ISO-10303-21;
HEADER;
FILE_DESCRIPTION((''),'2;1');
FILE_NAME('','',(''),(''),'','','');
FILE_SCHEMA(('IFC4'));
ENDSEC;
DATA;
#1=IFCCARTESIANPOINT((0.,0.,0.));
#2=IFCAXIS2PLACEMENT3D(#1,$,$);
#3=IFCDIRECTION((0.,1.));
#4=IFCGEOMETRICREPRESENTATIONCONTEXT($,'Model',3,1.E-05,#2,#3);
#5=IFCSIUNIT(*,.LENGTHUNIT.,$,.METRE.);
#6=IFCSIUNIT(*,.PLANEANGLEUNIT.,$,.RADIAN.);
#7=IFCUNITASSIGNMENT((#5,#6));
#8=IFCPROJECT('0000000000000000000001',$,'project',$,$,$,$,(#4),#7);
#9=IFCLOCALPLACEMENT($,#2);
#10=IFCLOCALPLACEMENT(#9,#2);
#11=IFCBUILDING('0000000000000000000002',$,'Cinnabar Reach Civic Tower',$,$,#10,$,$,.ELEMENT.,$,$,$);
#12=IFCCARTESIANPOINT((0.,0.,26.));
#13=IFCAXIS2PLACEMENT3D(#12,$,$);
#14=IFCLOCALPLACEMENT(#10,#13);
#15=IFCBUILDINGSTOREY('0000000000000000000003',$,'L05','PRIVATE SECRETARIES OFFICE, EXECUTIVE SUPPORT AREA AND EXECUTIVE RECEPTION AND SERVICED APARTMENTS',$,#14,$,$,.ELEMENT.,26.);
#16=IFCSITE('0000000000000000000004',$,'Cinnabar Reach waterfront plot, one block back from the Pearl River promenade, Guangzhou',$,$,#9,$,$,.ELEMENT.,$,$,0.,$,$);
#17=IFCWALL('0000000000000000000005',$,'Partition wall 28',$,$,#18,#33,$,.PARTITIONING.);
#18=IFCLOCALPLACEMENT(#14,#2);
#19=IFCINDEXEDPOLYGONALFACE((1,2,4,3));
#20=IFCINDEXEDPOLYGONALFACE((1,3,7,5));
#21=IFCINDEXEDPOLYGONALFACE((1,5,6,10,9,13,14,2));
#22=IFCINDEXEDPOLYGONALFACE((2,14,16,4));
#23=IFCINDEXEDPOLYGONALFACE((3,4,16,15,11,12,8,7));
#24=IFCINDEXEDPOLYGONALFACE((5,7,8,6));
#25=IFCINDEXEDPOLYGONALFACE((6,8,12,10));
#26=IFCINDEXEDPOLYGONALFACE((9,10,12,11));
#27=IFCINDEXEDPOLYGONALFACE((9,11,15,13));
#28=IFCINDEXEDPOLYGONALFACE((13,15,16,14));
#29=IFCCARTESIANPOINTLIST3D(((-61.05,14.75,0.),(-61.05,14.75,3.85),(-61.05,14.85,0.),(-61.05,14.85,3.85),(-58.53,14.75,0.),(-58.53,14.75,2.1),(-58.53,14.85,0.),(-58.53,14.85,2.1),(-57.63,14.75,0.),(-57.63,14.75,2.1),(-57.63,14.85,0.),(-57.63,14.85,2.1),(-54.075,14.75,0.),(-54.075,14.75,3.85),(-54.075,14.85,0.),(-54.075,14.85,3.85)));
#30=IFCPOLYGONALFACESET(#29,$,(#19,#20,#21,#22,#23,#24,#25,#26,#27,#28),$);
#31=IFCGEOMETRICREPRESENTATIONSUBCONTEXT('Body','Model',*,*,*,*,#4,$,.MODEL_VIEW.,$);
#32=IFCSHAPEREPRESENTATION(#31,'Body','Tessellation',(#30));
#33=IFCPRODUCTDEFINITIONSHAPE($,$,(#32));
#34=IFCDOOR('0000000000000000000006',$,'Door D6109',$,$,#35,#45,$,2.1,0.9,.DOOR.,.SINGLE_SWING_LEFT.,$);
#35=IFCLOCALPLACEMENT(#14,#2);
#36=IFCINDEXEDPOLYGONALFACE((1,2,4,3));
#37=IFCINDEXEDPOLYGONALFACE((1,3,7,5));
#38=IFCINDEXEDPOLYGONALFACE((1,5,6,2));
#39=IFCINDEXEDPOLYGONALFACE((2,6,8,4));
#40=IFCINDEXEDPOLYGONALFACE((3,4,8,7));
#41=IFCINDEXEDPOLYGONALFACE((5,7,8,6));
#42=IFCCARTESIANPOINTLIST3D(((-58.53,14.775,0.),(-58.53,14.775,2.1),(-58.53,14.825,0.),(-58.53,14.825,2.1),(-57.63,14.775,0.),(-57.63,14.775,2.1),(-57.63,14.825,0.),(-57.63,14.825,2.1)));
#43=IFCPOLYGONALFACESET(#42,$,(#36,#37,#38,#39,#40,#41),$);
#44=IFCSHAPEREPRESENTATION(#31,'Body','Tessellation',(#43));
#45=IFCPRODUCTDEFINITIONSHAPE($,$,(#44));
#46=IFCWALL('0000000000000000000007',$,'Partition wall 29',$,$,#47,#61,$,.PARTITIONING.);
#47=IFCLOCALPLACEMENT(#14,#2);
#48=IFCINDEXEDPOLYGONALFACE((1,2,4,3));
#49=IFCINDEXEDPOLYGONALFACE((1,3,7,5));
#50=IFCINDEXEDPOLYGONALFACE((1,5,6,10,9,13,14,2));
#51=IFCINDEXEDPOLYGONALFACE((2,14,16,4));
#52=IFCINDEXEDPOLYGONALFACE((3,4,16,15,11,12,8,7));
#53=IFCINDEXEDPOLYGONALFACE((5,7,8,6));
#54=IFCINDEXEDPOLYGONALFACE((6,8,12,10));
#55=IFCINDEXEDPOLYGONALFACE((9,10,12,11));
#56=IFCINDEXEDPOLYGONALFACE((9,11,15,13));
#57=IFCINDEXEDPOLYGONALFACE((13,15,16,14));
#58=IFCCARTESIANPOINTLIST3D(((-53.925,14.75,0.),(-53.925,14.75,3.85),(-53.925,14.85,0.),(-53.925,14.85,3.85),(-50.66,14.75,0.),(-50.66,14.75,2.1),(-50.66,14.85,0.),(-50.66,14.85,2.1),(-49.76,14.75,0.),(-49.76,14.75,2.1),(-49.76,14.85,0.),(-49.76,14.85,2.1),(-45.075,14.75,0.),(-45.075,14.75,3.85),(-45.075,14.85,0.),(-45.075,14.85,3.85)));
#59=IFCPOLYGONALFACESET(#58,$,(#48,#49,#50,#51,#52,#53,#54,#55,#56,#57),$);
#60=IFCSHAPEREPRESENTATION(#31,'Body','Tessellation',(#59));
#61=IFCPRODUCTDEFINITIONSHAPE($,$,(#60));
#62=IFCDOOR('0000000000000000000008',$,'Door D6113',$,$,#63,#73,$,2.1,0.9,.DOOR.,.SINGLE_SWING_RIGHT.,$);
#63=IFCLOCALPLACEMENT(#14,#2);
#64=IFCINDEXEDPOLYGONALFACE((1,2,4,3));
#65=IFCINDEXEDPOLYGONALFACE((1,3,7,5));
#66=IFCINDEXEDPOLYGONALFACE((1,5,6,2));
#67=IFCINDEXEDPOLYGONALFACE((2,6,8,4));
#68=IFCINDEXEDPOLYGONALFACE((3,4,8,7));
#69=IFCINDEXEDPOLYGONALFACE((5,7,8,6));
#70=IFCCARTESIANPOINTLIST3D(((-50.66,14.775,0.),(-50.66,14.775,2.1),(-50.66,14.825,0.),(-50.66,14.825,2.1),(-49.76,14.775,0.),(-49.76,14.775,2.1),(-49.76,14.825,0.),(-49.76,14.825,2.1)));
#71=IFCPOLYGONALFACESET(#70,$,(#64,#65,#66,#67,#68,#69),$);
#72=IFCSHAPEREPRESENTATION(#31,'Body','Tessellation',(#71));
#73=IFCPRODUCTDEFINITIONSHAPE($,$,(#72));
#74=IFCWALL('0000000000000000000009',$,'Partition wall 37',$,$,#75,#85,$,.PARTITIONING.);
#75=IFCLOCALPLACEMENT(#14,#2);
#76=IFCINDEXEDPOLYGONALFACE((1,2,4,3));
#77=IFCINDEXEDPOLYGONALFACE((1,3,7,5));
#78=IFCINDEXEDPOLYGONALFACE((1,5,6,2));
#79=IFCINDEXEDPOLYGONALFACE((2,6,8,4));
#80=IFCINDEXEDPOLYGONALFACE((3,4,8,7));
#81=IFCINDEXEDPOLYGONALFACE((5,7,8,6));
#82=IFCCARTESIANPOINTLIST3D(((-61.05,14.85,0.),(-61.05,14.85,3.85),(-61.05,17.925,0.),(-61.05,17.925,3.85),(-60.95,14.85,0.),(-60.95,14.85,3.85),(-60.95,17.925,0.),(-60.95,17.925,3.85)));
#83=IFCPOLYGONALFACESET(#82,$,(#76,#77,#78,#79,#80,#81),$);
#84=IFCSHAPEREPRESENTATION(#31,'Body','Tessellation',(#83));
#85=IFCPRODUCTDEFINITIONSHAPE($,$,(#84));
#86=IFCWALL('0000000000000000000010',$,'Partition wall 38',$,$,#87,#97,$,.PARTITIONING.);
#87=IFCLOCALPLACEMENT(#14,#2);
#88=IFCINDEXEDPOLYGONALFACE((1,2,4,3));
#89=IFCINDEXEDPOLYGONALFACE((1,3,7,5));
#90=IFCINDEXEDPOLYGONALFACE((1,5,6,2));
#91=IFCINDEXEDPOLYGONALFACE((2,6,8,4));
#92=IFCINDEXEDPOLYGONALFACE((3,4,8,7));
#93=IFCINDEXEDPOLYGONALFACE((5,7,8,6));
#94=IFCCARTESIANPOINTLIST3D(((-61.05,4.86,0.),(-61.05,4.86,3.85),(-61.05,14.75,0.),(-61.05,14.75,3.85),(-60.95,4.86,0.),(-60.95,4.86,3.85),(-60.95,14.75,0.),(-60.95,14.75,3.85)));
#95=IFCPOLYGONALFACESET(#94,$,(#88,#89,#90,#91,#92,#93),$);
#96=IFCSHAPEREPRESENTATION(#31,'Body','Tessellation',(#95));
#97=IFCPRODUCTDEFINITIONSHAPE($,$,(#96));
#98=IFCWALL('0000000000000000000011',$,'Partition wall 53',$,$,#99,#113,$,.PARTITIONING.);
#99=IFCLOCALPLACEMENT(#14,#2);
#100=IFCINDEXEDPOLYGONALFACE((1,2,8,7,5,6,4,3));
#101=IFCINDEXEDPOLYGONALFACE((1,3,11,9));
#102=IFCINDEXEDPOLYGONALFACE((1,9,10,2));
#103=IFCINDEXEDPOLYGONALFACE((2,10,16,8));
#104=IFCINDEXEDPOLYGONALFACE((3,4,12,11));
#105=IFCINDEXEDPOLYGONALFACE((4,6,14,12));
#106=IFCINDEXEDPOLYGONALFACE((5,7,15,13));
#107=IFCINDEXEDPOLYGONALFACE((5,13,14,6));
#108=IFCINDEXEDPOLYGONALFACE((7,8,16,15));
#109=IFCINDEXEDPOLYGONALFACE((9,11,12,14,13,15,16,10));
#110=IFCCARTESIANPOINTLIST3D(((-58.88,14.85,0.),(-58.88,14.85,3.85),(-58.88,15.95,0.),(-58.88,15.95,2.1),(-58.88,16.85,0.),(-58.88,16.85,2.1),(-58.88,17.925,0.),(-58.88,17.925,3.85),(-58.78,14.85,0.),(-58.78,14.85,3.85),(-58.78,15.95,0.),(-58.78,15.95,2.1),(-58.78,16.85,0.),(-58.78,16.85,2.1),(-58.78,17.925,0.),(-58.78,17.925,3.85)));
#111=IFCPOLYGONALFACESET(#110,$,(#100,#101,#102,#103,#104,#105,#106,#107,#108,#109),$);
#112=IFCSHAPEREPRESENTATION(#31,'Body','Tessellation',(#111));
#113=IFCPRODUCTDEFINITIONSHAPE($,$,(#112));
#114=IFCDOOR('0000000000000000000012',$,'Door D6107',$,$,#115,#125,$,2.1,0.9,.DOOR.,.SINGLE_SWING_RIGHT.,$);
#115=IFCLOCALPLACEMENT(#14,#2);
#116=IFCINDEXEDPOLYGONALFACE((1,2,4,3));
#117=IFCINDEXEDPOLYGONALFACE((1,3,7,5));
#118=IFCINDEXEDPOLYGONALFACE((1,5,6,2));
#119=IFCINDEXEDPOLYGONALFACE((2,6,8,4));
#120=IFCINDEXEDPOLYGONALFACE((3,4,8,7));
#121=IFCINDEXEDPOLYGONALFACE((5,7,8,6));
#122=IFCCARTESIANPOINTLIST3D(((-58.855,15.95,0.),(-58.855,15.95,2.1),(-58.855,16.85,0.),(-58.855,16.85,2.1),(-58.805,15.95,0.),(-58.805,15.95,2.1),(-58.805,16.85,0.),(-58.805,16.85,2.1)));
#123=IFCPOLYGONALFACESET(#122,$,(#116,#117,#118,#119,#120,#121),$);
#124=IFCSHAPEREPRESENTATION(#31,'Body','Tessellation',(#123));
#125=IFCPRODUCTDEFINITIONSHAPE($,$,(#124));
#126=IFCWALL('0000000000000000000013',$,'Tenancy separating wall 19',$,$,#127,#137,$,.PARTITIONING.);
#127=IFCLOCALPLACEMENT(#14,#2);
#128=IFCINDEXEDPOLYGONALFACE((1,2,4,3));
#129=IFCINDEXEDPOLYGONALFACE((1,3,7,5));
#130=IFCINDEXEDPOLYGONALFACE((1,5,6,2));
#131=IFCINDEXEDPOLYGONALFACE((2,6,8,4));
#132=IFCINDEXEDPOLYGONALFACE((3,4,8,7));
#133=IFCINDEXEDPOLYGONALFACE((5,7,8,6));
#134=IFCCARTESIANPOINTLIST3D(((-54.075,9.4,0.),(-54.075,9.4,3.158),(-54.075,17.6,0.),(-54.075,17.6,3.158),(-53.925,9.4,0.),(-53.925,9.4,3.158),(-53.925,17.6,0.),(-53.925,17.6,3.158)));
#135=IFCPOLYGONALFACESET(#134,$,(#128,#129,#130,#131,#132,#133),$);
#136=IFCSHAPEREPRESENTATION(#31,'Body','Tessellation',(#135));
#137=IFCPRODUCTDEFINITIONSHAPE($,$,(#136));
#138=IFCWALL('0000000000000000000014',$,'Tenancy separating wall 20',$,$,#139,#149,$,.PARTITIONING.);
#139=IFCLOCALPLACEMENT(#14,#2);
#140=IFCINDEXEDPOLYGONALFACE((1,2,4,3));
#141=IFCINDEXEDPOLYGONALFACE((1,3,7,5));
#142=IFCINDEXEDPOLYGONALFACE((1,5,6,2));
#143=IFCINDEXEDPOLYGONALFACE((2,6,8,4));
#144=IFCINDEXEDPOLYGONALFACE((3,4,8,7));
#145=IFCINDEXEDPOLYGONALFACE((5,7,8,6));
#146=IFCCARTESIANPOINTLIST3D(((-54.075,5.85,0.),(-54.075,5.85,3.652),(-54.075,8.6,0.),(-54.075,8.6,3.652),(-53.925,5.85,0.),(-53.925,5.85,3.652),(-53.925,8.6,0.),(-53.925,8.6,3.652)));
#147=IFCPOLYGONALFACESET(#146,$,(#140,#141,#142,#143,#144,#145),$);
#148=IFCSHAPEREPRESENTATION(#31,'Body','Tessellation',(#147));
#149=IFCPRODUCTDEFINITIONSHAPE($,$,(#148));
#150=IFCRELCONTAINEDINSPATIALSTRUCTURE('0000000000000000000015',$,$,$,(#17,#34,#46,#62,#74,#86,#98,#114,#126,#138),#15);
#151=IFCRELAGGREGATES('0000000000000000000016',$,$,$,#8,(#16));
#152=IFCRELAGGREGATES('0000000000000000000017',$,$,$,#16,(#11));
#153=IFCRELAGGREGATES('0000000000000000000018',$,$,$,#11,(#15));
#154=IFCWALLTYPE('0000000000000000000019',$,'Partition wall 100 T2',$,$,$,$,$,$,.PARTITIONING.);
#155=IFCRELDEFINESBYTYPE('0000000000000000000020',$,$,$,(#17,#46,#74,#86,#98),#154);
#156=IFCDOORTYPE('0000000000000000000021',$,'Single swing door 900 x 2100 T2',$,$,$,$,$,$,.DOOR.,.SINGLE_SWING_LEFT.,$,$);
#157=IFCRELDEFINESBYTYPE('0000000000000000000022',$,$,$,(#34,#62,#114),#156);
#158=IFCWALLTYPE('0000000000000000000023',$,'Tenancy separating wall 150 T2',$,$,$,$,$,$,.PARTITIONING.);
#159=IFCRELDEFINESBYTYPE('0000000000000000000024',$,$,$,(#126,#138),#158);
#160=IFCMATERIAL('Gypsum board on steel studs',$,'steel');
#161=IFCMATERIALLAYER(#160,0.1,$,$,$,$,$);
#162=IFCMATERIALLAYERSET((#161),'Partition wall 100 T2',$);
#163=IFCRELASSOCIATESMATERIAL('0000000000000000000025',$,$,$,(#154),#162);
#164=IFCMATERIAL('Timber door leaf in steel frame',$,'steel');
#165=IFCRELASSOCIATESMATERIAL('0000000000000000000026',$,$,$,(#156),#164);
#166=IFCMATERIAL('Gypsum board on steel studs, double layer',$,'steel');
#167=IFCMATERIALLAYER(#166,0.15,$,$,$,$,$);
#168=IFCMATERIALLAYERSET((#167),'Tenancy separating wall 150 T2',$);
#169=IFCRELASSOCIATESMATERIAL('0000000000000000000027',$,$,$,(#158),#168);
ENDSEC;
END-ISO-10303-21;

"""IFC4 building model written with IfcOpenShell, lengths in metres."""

from ifc_helpers import new_model, si_unit, direction, frame, frame_2d, origin, place, context, subcontext, project, spatial, rectangle, extrude, material, layer, layer_set, type_object, element, fill, save


model = new_model("IFC4")

# Units and contexts
model_context = context("Model", 3, precision=1e-05, world=origin(), true_north=direction((0.0, 1.0)))
body_context = subcontext(model_context, "Body", "Model", "MODEL_VIEW")
ifc_project = project(units=[si_unit("LENGTHUNIT", "METRE"), si_unit("PLANEANGLEUNIT", "RADIAN")], contexts=[model_context])

# Site, building, storey
site_placement = place(None, origin())
site = spatial("IfcSite", under=ifc_project, at=site_placement, Name="Cinnabar Reach waterfront plot, one block back from the Pearl River promenade, Guangzhou", CompositionType="ELEMENT", RefElevation=0.0)
building_placement = place(site_placement, origin())
building = spatial("IfcBuilding", under=site, at=building_placement, Name="Cinnabar Reach Civic Tower", CompositionType="ELEMENT")
storey_placement = place(building_placement, frame((0.0, 0.0, 26.0)))
storey = spatial("IfcBuildingStorey", under=building, at=storey_placement, Name="L05", Description="PRIVATE SECRETARIES OFFICE, EXECUTIVE SUPPORT AREA AND EXECUTIVE RECEPTION AND SERVICED APARTMENTS", CompositionType="ELEMENT", Elevation=26.0)

# Walls, openings, doors
ifc_material_1 = material(Name="Gypsum board on steel studs", Category="steel")
ifc_layer_1 = layer(ifc_material_1, 0.1)
ifc_layer_set_1 = layer_set([ifc_layer_1], Name="Partition wall 100 T2")
wall_type_1 = type_object("IfcWallType", Name="Partition wall 100 T2", PredefinedType="PARTITIONING", material=ifc_layer_set_1)
wall_1_placement = place(storey_placement, frame((-61.05, 14.8, 0.0), z_axis=(0.0, 0.0, 1.0), x_axis=(1.0, 0.0, 0.0)))
wall_1 = element("IfcWall", 1, at=wall_1_placement, inside=storey, type_object=wall_type_1, Name="Partition wall 28", PredefinedType="PARTITIONING", context=body_context, shape_type="SweptSolid", body=[
    extrude(rectangle(XDim=6.975, YDim=0.1, at=frame_2d((3.4875, 0.0))), origin(), (0.0, 0.0, 1.0), 3.85),
])
opening_1_placement = place(wall_1_placement, frame((2.52, 0.0, 0.0)))
opening_1 = element("IfcOpeningElement", 2, at=opening_1_placement, cuts=wall_1, PredefinedType="OPENING", context=body_context, shape_type="SweptSolid", body=[
    extrude(rectangle(XDim=0.9, YDim=2.1, at=frame_2d((0.45, 1.05))), frame((0.0, 0.06, 0.0), z_axis=(0.0, -1.0, 0.0), x_axis=(1.0, 0.0, 0.0)), (0.0, 0.0, 1.0), 0.12),
])
ifc_material_2 = material(Name="Timber door leaf in steel frame", Category="steel")
door_type = type_object("IfcDoorType", Name="Single swing door 900 x 2100 T2", OperationType="SINGLE_SWING_LEFT", PredefinedType="DOOR", material=ifc_material_2)
door_1_placement = place(opening_1_placement, origin())
door_1 = element("IfcDoor", 3, at=door_1_placement, inside=storey, type_object=door_type, Name="Door D6109", OperationType="SINGLE_SWING_LEFT", OverallHeight=2.1, OverallWidth=0.9, PredefinedType="DOOR", context=body_context, shape_type="SweptSolid", body=[
    extrude(rectangle(XDim=0.9, YDim=2.1, at=frame_2d((0.45, 1.05))), frame((0.0, 0.025, 0.0), z_axis=(0.0, -1.0, 0.0), x_axis=(1.0, 0.0, 0.0)), (0.0, 0.0, 1.0), 0.05),
])
fill(opening_1, door_1)
wall_2_placement = place(storey_placement, frame((-53.925, 14.8, 0.0), z_axis=(0.0, 0.0, 1.0), x_axis=(1.0, 0.0, 0.0)))
wall_2 = element("IfcWall", 4, at=wall_2_placement, inside=storey, type_object=wall_type_1, Name="Partition wall 29", PredefinedType="PARTITIONING", context=body_context, shape_type="SweptSolid", body=[
    extrude(rectangle(XDim=8.85, YDim=0.1, at=frame_2d((4.425, 0.0))), origin(), (0.0, 0.0, 1.0), 3.85),
])
opening_2_placement = place(wall_2_placement, frame((3.265, 0.0, 0.0)))
opening_2 = element("IfcOpeningElement", 5, at=opening_2_placement, cuts=wall_2, PredefinedType="OPENING", context=body_context, shape_type="SweptSolid", body=[
    extrude(rectangle(XDim=0.9, YDim=2.1, at=frame_2d((0.45, 1.05))), frame((0.0, 0.06, 0.0), z_axis=(0.0, -1.0, 0.0), x_axis=(1.0, 0.0, 0.0)), (0.0, 0.0, 1.0), 0.12),
])
door_2_placement = place(opening_2_placement, origin())
door_2 = element("IfcDoor", 6, at=door_2_placement, inside=storey, type_object=door_type, Name="Door D6113", OperationType="SINGLE_SWING_RIGHT", OverallHeight=2.1, OverallWidth=0.9, PredefinedType="DOOR", context=body_context, shape_type="SweptSolid", body=[
    extrude(rectangle(XDim=0.9, YDim=2.1, at=frame_2d((0.45, 1.05))), frame((0.0, 0.025, 0.0), z_axis=(0.0, -1.0, 0.0), x_axis=(1.0, 0.0, 0.0)), (0.0, 0.0, 1.0), 0.05),
])
fill(opening_2, door_2)

# Walls
wall_3_placement = place(storey_placement, frame((-61.0, 14.85, 0.0), z_axis=(0.0, 0.0, 1.0), x_axis=(0.0, 1.0, 0.0)))
element("IfcWall", 7, at=wall_3_placement, inside=storey, type_object=wall_type_1, Name="Partition wall 37", PredefinedType="PARTITIONING", context=body_context, shape_type="SweptSolid", body=[
    extrude(rectangle(XDim=3.075, YDim=0.1, at=frame_2d((1.5375, 0.0))), origin(), (0.0, 0.0, 1.0), 3.85),
])
wall_4_placement = place(storey_placement, frame((-61.0, 4.86, 0.0), z_axis=(0.0, 0.0, 1.0), x_axis=(0.0, 1.0, 0.0)))
element("IfcWall", 8, at=wall_4_placement, inside=storey, type_object=wall_type_1, Name="Partition wall 38", PredefinedType="PARTITIONING", context=body_context, shape_type="SweptSolid", body=[
    extrude(rectangle(XDim=9.89, YDim=0.1, at=frame_2d((4.945, 0.0))), origin(), (0.0, 0.0, 1.0), 3.85),
])

# Wall, opening, door
wall_5_placement = place(storey_placement, frame((-58.83, 14.85, 0.0), z_axis=(0.0, 0.0, 1.0), x_axis=(0.0, 1.0, 0.0)))
wall_5 = element("IfcWall", 9, at=wall_5_placement, inside=storey, type_object=wall_type_1, Name="Partition wall 53", PredefinedType="PARTITIONING", context=body_context, shape_type="SweptSolid", body=[
    extrude(rectangle(XDim=3.075, YDim=0.1, at=frame_2d((1.5375, 0.0))), origin(), (0.0, 0.0, 1.0), 3.85),
])
opening_3_placement = place(wall_5_placement, frame((1.1, 0.0, 0.0)))
opening_3 = element("IfcOpeningElement", 10, at=opening_3_placement, cuts=wall_5, PredefinedType="OPENING", context=body_context, shape_type="SweptSolid", body=[
    extrude(rectangle(XDim=0.9, YDim=2.1, at=frame_2d((0.45, 1.05))), frame((0.0, 0.06, 0.0), z_axis=(0.0, -1.0, 0.0), x_axis=(1.0, 0.0, 0.0)), (0.0, 0.0, 1.0), 0.12),
])
door_3_placement = place(opening_3_placement, origin())
door_3 = element("IfcDoor", 11, at=door_3_placement, inside=storey, type_object=door_type, Name="Door D6107", OperationType="SINGLE_SWING_RIGHT", OverallHeight=2.1, OverallWidth=0.9, PredefinedType="DOOR", context=body_context, shape_type="SweptSolid", body=[
    extrude(rectangle(XDim=0.9, YDim=2.1, at=frame_2d((0.45, 1.05))), frame((0.0, 0.025, 0.0), z_axis=(0.0, -1.0, 0.0), x_axis=(1.0, 0.0, 0.0)), (0.0, 0.0, 1.0), 0.05),
])
fill(opening_3, door_3)

# Walls
ifc_material_3 = material(Name="Gypsum board on steel studs, double layer", Category="steel")
ifc_layer_2 = layer(ifc_material_3, 0.15)
ifc_layer_set_2 = layer_set([ifc_layer_2], Name="Tenancy separating wall 150 T2")
wall_type_2 = type_object("IfcWallType", Name="Tenancy separating wall 150 T2", PredefinedType="PARTITIONING", material=ifc_layer_set_2)
wall_6_placement = place(storey_placement, frame((-54.0, 9.4, 0.0), z_axis=(0.0, 0.0, 1.0), x_axis=(0.0, 1.0, 0.0)))
element("IfcWall", 12, at=wall_6_placement, inside=storey, type_object=wall_type_2, Name="Tenancy separating wall 19", PredefinedType="PARTITIONING", context=body_context, shape_type="SweptSolid", body=[
    extrude(rectangle(XDim=8.2, YDim=0.15, at=frame_2d((4.1, 0.0))), origin(), (0.0, 0.0, 1.0), 3.158),
])
wall_7_placement = place(storey_placement, frame((-54.0, 5.85, 0.0), z_axis=(0.0, 0.0, 1.0), x_axis=(0.0, 1.0, 0.0)))
element("IfcWall", 13, at=wall_7_placement, inside=storey, type_object=wall_type_2, Name="Tenancy separating wall 20", PredefinedType="PARTITIONING", context=body_context, shape_type="SweptSolid", body=[
    extrude(rectangle(XDim=2.75, YDim=0.15, at=frame_2d((1.375, 0.0))), origin(), (0.0, 0.0, 1.0), 3.652),
])

save(model, "model.ifc")
